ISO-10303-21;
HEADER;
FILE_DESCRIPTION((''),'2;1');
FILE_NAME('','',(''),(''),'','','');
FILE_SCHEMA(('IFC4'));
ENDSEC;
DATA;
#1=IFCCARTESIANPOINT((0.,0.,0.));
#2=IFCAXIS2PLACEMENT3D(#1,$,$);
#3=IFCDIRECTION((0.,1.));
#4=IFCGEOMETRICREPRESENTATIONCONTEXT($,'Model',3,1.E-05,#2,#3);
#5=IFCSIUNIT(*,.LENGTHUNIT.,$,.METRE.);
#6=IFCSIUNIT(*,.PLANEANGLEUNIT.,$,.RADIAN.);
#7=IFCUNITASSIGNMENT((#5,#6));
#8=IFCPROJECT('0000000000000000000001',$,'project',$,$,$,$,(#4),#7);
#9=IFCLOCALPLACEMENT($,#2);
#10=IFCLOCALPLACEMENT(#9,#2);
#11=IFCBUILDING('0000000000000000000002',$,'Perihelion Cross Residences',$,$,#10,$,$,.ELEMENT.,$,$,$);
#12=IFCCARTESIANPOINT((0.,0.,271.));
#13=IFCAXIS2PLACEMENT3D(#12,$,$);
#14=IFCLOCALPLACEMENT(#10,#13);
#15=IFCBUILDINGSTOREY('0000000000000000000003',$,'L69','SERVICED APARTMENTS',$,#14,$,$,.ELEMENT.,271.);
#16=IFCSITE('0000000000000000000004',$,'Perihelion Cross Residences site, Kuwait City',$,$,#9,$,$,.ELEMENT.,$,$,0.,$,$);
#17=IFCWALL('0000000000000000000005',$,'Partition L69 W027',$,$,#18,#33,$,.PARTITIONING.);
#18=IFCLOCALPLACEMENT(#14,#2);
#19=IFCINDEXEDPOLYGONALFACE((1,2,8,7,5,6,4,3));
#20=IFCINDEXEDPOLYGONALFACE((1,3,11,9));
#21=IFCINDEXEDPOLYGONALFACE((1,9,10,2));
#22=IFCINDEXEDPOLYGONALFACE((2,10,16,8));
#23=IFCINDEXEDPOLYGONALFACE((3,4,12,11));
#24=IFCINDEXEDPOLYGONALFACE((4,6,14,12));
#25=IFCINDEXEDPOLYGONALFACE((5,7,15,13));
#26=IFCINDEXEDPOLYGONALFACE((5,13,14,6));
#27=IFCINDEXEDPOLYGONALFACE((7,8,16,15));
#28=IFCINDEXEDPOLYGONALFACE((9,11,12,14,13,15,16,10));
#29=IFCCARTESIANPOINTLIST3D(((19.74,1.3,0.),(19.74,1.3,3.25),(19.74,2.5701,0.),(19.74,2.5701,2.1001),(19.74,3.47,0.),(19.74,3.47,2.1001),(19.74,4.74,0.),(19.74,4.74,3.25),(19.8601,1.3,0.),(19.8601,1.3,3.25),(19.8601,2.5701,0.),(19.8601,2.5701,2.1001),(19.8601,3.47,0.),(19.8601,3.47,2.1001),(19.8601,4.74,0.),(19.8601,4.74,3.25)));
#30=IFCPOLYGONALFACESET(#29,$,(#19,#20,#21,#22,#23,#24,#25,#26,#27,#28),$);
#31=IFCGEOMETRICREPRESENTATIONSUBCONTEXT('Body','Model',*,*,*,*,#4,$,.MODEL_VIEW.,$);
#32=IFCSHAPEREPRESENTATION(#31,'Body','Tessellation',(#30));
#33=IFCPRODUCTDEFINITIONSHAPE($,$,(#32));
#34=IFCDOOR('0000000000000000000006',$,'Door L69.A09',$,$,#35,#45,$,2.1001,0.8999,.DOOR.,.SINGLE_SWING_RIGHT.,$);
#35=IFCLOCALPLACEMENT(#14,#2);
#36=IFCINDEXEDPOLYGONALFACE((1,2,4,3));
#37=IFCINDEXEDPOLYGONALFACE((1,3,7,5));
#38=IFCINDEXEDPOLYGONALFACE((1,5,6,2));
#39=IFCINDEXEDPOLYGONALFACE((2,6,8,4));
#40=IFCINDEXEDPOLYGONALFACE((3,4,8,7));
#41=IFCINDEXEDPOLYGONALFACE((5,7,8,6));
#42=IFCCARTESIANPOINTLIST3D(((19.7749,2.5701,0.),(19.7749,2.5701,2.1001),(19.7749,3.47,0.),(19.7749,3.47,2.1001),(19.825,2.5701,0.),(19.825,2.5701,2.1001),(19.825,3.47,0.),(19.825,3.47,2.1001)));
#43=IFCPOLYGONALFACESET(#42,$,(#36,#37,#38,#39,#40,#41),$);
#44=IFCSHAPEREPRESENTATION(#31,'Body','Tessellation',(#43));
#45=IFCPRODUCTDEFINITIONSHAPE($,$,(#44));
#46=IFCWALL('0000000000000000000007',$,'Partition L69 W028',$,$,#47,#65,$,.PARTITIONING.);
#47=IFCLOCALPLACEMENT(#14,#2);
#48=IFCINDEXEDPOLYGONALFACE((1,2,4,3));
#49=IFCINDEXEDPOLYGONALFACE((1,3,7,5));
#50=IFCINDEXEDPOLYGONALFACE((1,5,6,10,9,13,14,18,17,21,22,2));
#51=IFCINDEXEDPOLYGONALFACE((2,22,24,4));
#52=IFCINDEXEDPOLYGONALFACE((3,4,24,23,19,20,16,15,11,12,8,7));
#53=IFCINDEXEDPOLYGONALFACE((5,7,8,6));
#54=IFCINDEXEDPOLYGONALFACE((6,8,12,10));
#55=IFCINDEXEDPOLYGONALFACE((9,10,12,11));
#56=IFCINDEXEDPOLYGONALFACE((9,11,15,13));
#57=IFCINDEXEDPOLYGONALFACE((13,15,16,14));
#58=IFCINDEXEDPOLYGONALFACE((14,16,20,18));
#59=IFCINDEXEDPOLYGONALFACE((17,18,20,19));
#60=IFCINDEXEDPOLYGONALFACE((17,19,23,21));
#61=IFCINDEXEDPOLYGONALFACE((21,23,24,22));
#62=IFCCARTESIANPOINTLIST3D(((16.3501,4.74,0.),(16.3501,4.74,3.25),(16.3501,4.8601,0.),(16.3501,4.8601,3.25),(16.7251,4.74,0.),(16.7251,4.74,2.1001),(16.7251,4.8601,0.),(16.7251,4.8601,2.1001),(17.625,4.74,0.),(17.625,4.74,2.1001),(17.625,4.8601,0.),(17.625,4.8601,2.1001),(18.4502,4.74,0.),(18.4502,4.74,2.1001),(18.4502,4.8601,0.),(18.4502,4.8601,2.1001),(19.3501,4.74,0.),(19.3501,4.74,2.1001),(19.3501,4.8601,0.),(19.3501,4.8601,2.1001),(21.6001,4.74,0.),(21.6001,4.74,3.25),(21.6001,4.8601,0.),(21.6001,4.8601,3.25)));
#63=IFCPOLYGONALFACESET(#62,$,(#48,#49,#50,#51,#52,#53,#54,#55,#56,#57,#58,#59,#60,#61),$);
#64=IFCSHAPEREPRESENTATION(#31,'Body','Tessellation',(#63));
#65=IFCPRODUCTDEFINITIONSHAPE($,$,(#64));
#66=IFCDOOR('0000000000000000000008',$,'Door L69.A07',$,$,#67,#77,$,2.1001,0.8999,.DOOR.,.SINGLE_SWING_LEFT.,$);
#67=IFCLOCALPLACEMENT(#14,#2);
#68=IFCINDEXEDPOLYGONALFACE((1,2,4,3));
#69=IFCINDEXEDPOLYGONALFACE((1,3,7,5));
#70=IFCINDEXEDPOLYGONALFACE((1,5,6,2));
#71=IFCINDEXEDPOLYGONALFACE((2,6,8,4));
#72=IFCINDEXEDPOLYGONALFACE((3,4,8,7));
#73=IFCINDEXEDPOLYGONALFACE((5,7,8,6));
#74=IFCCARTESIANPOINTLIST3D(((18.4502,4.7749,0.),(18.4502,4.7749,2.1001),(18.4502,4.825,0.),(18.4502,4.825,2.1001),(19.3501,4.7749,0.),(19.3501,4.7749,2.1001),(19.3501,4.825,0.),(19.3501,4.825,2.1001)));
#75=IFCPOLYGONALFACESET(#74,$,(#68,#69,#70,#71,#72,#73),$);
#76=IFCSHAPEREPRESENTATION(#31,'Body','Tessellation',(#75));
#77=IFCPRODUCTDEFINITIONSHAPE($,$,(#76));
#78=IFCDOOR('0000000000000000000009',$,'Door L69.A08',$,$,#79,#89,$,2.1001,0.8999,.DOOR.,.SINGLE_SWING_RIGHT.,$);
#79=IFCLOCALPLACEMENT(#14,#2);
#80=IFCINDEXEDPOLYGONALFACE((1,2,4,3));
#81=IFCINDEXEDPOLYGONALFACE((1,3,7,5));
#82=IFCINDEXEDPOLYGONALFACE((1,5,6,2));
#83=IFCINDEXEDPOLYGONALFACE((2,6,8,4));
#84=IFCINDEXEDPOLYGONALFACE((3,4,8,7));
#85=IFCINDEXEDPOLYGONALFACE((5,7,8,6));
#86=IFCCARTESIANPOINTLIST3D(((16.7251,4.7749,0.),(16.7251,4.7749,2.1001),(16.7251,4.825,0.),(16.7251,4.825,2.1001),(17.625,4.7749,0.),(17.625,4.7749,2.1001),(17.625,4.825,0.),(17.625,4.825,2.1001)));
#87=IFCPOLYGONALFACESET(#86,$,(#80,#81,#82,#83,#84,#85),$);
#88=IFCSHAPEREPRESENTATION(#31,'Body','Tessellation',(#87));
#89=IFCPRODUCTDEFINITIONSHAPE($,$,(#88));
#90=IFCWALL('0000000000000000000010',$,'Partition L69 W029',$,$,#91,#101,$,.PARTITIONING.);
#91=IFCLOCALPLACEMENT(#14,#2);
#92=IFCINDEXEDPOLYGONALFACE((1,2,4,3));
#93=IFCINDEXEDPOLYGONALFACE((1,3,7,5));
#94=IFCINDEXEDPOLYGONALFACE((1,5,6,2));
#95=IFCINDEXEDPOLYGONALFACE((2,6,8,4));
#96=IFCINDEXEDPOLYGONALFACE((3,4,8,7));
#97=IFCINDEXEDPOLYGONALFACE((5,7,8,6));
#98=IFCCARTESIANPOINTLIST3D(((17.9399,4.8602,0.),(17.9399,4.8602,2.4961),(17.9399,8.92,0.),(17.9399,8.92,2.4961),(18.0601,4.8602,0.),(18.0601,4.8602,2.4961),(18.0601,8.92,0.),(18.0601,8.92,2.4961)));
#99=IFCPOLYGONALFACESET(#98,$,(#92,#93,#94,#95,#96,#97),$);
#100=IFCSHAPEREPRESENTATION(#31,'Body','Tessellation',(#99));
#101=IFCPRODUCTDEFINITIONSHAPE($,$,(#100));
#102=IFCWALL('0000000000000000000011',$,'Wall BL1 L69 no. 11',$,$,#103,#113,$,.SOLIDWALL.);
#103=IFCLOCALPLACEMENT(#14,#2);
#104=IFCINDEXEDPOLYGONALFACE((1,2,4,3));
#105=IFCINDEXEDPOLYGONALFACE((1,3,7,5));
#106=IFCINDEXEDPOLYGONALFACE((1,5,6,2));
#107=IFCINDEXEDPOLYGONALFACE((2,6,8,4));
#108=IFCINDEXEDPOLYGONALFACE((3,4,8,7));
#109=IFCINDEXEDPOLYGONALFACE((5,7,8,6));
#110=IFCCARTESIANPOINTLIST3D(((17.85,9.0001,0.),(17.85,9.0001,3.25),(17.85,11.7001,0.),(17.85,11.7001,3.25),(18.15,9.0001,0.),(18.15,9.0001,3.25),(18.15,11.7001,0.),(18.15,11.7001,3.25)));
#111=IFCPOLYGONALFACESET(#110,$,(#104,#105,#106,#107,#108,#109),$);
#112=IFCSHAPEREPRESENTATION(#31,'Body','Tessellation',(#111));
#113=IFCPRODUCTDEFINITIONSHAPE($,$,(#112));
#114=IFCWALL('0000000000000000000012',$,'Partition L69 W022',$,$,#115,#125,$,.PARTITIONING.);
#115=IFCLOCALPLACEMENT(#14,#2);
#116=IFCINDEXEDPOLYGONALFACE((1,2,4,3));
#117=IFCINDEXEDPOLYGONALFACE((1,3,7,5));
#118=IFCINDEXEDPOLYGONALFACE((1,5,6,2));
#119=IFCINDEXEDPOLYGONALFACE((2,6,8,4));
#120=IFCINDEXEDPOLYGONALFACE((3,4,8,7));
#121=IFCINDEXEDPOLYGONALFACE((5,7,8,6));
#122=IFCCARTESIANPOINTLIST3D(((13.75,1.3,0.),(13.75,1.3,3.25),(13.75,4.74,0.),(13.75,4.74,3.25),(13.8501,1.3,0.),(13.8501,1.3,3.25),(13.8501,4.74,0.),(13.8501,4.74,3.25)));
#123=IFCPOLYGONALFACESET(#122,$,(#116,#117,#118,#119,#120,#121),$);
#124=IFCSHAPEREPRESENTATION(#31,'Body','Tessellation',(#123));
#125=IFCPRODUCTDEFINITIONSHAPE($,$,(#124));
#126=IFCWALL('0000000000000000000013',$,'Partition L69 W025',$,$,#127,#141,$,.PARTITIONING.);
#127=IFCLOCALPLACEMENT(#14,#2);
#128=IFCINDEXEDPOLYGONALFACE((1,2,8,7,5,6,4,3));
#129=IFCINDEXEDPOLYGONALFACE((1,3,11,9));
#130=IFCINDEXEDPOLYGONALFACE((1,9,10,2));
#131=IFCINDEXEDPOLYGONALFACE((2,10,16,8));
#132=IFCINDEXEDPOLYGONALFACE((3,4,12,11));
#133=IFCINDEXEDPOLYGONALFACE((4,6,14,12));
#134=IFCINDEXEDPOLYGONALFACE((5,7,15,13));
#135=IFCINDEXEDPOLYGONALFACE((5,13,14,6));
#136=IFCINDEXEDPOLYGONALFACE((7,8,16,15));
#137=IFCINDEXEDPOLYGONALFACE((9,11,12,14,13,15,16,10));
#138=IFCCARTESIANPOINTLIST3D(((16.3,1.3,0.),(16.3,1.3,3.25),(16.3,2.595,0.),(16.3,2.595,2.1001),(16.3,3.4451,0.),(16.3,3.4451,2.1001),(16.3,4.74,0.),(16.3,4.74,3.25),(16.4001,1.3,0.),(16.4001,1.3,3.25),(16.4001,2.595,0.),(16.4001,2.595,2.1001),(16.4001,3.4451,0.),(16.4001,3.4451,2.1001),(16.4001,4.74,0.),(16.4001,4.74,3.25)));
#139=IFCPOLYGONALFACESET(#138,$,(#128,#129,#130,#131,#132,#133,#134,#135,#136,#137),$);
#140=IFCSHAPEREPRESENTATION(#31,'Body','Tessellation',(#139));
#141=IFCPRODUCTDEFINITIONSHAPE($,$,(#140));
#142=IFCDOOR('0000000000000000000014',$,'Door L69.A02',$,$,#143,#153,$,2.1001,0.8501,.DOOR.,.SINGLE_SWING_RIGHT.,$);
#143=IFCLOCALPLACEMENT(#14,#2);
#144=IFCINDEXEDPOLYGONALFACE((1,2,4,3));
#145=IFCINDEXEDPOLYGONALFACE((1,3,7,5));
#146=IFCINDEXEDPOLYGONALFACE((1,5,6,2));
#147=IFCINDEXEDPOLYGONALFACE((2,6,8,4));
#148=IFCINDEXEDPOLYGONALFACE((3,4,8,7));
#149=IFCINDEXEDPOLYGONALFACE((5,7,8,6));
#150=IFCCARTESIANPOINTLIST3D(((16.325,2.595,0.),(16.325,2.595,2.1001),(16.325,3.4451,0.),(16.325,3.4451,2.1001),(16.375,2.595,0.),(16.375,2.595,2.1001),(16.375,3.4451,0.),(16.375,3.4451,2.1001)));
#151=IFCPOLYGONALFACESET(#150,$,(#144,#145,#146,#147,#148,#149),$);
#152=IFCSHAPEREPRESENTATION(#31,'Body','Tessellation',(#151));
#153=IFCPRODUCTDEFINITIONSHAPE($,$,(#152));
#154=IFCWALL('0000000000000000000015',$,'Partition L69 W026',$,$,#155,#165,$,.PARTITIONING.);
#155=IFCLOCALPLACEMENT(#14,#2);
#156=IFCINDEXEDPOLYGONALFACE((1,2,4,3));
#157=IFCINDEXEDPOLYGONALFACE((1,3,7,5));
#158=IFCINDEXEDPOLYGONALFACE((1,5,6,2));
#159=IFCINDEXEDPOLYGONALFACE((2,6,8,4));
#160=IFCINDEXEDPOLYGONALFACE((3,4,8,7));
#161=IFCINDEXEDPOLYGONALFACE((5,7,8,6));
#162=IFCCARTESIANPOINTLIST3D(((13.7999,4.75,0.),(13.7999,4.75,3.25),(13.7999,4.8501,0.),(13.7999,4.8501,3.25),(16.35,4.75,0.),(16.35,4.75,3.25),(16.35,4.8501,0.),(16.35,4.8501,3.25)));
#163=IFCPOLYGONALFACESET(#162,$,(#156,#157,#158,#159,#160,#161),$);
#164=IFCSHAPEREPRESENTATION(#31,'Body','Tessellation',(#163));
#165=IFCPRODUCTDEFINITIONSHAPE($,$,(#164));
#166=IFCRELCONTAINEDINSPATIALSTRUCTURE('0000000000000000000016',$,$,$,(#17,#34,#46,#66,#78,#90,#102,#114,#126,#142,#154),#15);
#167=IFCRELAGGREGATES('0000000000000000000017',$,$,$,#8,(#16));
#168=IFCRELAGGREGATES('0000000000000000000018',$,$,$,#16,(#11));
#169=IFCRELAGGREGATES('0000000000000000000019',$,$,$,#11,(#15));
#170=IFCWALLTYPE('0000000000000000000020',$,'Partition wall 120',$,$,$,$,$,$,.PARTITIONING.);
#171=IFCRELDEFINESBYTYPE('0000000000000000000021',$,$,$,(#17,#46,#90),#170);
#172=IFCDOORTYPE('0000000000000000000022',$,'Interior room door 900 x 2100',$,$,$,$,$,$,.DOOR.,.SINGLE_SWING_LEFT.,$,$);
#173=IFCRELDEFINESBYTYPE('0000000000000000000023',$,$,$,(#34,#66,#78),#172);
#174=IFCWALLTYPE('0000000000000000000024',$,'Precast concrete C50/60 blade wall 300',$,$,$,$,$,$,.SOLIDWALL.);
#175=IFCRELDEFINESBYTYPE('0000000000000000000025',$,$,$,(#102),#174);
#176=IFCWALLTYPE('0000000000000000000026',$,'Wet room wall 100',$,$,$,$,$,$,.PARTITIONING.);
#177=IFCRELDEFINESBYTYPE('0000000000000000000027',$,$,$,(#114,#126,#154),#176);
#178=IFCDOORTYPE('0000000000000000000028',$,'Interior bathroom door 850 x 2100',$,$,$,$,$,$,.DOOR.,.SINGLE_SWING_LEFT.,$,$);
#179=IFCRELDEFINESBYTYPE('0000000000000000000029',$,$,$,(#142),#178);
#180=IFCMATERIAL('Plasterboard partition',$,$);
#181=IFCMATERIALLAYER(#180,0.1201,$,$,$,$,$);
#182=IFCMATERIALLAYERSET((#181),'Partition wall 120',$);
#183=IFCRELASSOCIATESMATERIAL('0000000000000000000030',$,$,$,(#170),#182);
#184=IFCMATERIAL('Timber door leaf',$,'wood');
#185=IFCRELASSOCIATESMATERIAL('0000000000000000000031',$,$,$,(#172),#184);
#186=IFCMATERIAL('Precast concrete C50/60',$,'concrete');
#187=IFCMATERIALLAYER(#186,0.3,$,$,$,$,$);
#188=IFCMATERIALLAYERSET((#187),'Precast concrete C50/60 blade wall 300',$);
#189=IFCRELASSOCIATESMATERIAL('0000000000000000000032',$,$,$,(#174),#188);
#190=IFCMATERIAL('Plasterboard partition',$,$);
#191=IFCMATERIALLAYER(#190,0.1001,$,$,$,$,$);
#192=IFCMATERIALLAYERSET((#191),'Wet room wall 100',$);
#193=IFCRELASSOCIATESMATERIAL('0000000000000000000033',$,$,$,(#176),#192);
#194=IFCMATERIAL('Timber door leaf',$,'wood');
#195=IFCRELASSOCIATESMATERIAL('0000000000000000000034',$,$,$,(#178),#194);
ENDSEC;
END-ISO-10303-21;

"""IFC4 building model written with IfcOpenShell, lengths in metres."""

from ifc_helpers import new_model, si_unit, direction, frame, frame_2d, origin, place, context, subcontext, project, spatial, rectangle, extrude, material, layer, layer_set, type_object, element, fill, save


model = new_model("IFC4")

# Units and contexts
model_context = context("Model", 3, precision=1e-05, world=origin(), true_north=direction((0.0, 1.0)))
body_context = subcontext(model_context, "Body", "Model", "MODEL_VIEW")
ifc_project = project(units=[si_unit("LENGTHUNIT", "METRE"), si_unit("PLANEANGLEUNIT", "RADIAN")], contexts=[model_context])

# Site, building, storey
site_placement = place(None, origin())
site = spatial("IfcSite", under=ifc_project, at=site_placement, Name="Perihelion Cross Residences site, Kuwait City", CompositionType="ELEMENT", RefElevation=0.0)
building_placement = place(site_placement, origin())
building = spatial("IfcBuilding", under=site, at=building_placement, Name="Perihelion Cross Residences", CompositionType="ELEMENT")
storey_placement = place(building_placement, frame((0.0, 0.0, 271.0)))
storey = spatial("IfcBuildingStorey", under=building, at=storey_placement, Name="L69", Description="SERVICED APARTMENTS", CompositionType="ELEMENT", Elevation=271.0)

# Wall, opening, door
ifc_material_1 = material(Name="Plasterboard partition")
ifc_layer_1 = layer(ifc_material_1, 0.1201)
ifc_layer_set_1 = layer_set([ifc_layer_1], Name="Partition wall 120")
wall_type_1 = type_object("IfcWallType", Name="Partition wall 120", PredefinedType="PARTITIONING", material=ifc_layer_set_1)
wall_1_placement = place(storey_placement, frame((19.8, 4.74, 0.0), z_axis=(0.0, 0.0, 1.0), x_axis=(0.0, -1.0, 0.0)))
wall_1 = element("IfcWall", 1, at=wall_1_placement, inside=storey, type_object=wall_type_1, Name="Partition L69 W027", PredefinedType="PARTITIONING", context=body_context, shape_type="SweptSolid", body=[
    extrude(rectangle(XDim=3.4399, YDim=0.1201, at=frame_2d((1.72, 0.0))), origin(), (0.0, 0.0, 1.0), 3.25),
])
opening_1_placement = place(wall_1_placement, frame((1.27, 0.0, 0.0)))
opening_1 = element("IfcOpeningElement", 2, at=opening_1_placement, cuts=wall_1, PredefinedType="OPENING", context=body_context, shape_type="SweptSolid", body=[
    extrude(rectangle(XDim=0.8999, YDim=2.1001, at=frame_2d((0.45, 1.05))), frame((0.0, 0.0701, 0.0), z_axis=(0.0, -1.0, 0.0), x_axis=(1.0, 0.0, 0.0)), (0.0, 0.0, 1.0), 0.1401),
])
ifc_material_2 = material(Name="Timber door leaf", Category="wood")
door_type_1 = type_object("IfcDoorType", Name="Interior room door 900 x 2100", OperationType="SINGLE_SWING_LEFT", PredefinedType="DOOR", material=ifc_material_2)
door_1_placement = place(opening_1_placement, origin())
door_1 = element("IfcDoor", 3, at=door_1_placement, inside=storey, type_object=door_type_1, Name="Door L69.A09", OperationType="SINGLE_SWING_RIGHT", OverallHeight=2.1001, OverallWidth=0.8999, PredefinedType="DOOR", context=body_context, shape_type="SweptSolid", body=[
    extrude(rectangle(XDim=0.8999, YDim=2.1001, at=frame_2d((0.45, 1.05))), frame((0.0, 0.0249, 0.0), z_axis=(0.0, -1.0, 0.0), x_axis=(1.0, 0.0, 0.0)), (0.0, 0.0, 1.0), 0.05),
])
fill(opening_1, door_1)

# Wall, openings, doors
wall_2_placement = place(storey_placement, frame((16.3501, 4.8, 0.0), z_axis=(0.0, 0.0, 1.0), x_axis=(1.0, 0.0, 0.0)))
wall_2 = element("IfcWall", 4, at=wall_2_placement, inside=storey, type_object=wall_type_1, Name="Partition L69 W028", PredefinedType="PARTITIONING", context=body_context, shape_type="SweptSolid", body=[
    extrude(rectangle(XDim=5.25, YDim=0.1201, at=frame_2d((2.625, 0.0))), origin(), (0.0, 0.0, 1.0), 3.25),
])
opening_2_placement = place(wall_2_placement, frame((2.1001, 0.0, 0.0)))
opening_2 = element("IfcOpeningElement", 5, at=opening_2_placement, cuts=wall_2, PredefinedType="OPENING", context=body_context, shape_type="SweptSolid", body=[
    extrude(rectangle(XDim=0.8999, YDim=2.1001, at=frame_2d((0.45, 1.05))), frame((0.0, 0.0701, 0.0), z_axis=(0.0, -1.0, 0.0), x_axis=(1.0, 0.0, 0.0)), (0.0, 0.0, 1.0), 0.1401),
])
opening_3_placement = place(wall_2_placement, frame((0.375, 0.0, 0.0)))
opening_3 = element("IfcOpeningElement", 6, at=opening_3_placement, cuts=wall_2, PredefinedType="OPENING", context=body_context, shape_type="SweptSolid", body=[
    extrude(rectangle(XDim=0.8999, YDim=2.1001, at=frame_2d((0.45, 1.05))), frame((0.0, 0.0701, 0.0), z_axis=(0.0, -1.0, 0.0), x_axis=(1.0, 0.0, 0.0)), (0.0, 0.0, 1.0), 0.1401),
])
door_2_placement = place(opening_2_placement, origin())
door_2 = element("IfcDoor", 7, at=door_2_placement, inside=storey, type_object=door_type_1, Name="Door L69.A07", OperationType="SINGLE_SWING_LEFT", OverallHeight=2.1001, OverallWidth=0.8999, PredefinedType="DOOR", context=body_context, shape_type="SweptSolid", body=[
    extrude(rectangle(XDim=0.8999, YDim=2.1001, at=frame_2d((0.45, 1.05))), frame((0.0, 0.0249, 0.0), z_axis=(0.0, -1.0, 0.0), x_axis=(1.0, 0.0, 0.0)), (0.0, 0.0, 1.0), 0.05),
])
fill(opening_2, door_2)
door_3_placement = place(opening_3_placement, origin())
door_3 = element("IfcDoor", 8, at=door_3_placement, inside=storey, type_object=door_type_1, Name="Door L69.A08", OperationType="SINGLE_SWING_RIGHT", OverallHeight=2.1001, OverallWidth=0.8999, PredefinedType="DOOR", context=body_context, shape_type="SweptSolid", body=[
    extrude(rectangle(XDim=0.8999, YDim=2.1001, at=frame_2d((0.45, 1.05))), frame((0.0, 0.0249, 0.0), z_axis=(0.0, -1.0, 0.0), x_axis=(1.0, 0.0, 0.0)), (0.0, 0.0, 1.0), 0.05),
])
fill(opening_3, door_3)

# Walls
wall_3_placement = place(storey_placement, frame((18.0, 8.9199, 0.0), z_axis=(0.0, 0.0, 1.0), x_axis=(0.0, -1.0, 0.0)))
element("IfcWall", 9, at=wall_3_placement, inside=storey, type_object=wall_type_1, Name="Partition L69 W029", PredefinedType="PARTITIONING", context=body_context, shape_type="SweptSolid", body=[
    extrude(rectangle(XDim=4.0598, YDim=0.1201, at=frame_2d((2.0298, 0.0))), origin(), (0.0, 0.0, 1.0), 2.4961),
])
ifc_material_3 = material(Name="Precast concrete C50/60", Category="concrete")
ifc_layer_2 = layer(ifc_material_3, 0.3)
ifc_layer_set_2 = layer_set([ifc_layer_2], Name="Precast concrete C50/60 blade wall 300")
wall_type_2 = type_object("IfcWallType", Name="Precast concrete C50/60 blade wall 300", PredefinedType="SOLIDWALL", material=ifc_layer_set_2)
wall_4_placement = place(storey_placement, frame((18.0, 9.0, 0.0), z_axis=(0.0, 0.0, 1.0), x_axis=(0.0, 1.0, 0.0)))
element("IfcWall", 10, at=wall_4_placement, inside=storey, type_object=wall_type_2, Name="Wall BL1 L69 no. 11", PredefinedType="SOLIDWALL", context=body_context, shape_type="SweptSolid", body=[
    extrude(rectangle(XDim=2.7, YDim=0.3, at=frame_2d((1.3501, 0.0))), origin(), (0.0, 0.0, 1.0), 3.25),
])
ifc_material_4 = material(Name="Plasterboard partition")
ifc_layer_3 = layer(ifc_material_4, 0.1001)
ifc_layer_set_3 = layer_set([ifc_layer_3], Name="Wet room wall 100")
wall_type_3 = type_object("IfcWallType", Name="Wet room wall 100", PredefinedType="PARTITIONING", material=ifc_layer_set_3)
wall_5_placement = place(storey_placement, frame((13.8, 4.74, 0.0), z_axis=(0.0, 0.0, 1.0), x_axis=(0.0, -1.0, 0.0)))
element("IfcWall", 11, at=wall_5_placement, inside=storey, type_object=wall_type_3, Name="Partition L69 W022", PredefinedType="PARTITIONING", context=body_context, shape_type="SweptSolid", body=[
    extrude(rectangle(XDim=3.4399, YDim=0.1001, at=frame_2d((1.72, 0.0))), origin(), (0.0, 0.0, 1.0), 3.25),
])

# Wall, opening, door
wall_6_placement = place(storey_placement, frame((16.3501, 4.74, 0.0), z_axis=(0.0, 0.0, 1.0), x_axis=(0.0, -1.0, 0.0)))
wall_6 = element("IfcWall", 12, at=wall_6_placement, inside=storey, type_object=wall_type_3, Name="Partition L69 W025", PredefinedType="PARTITIONING", context=body_context, shape_type="SweptSolid", body=[
    extrude(rectangle(XDim=3.4399, YDim=0.1001, at=frame_2d((1.72, 0.0))), origin(), (0.0, 0.0, 1.0), 3.25),
])
opening_4_placement = place(wall_6_placement, frame((1.2949, 0.0, 0.0)))
opening_4 = element("IfcOpeningElement", 13, at=opening_4_placement, cuts=wall_6, PredefinedType="OPENING", context=body_context, shape_type="SweptSolid", body=[
    extrude(rectangle(XDim=0.8501, YDim=2.1001, at=frame_2d((0.425, 1.05))), frame((0.0, 0.0601, 0.0), z_axis=(0.0, -1.0, 0.0), x_axis=(1.0, 0.0, 0.0)), (0.0, 0.0, 1.0), 0.1201),
])
ifc_material_5 = material(Name="Timber door leaf", Category="wood")
door_type_2 = type_object("IfcDoorType", Name="Interior bathroom door 850 x 2100", OperationType="SINGLE_SWING_LEFT", PredefinedType="DOOR", material=ifc_material_5)
door_4_placement = place(opening_4_placement, origin())
door_4 = element("IfcDoor", 14, at=door_4_placement, inside=storey, type_object=door_type_2, Name="Door L69.A02", OperationType="SINGLE_SWING_RIGHT", OverallHeight=2.1001, OverallWidth=0.8501, PredefinedType="DOOR", context=body_context, shape_type="SweptSolid", body=[
    extrude(rectangle(XDim=0.8501, YDim=2.1001, at=frame_2d((0.425, 1.05))), frame((0.0, 0.0249, 0.0), z_axis=(0.0, -1.0, 0.0), x_axis=(1.0, 0.0, 0.0)), (0.0, 0.0, 1.0), 0.05),
])
fill(opening_4, door_4)

# Wall
wall_7_placement = place(storey_placement, frame((13.8, 4.8, 0.0), z_axis=(0.0, 0.0, 1.0), x_axis=(1.0, 0.0, 0.0)))
element("IfcWall", 15, at=wall_7_placement, inside=storey, type_object=wall_type_3, Name="Partition L69 W026", PredefinedType="PARTITIONING", context=body_context, shape_type="SweptSolid", body=[
    extrude(rectangle(XDim=2.55, YDim=0.1001, at=frame_2d((1.2749, 0.0))), origin(), (0.0, 0.0, 1.0), 3.25),
])

save(model, "model.ifc")
